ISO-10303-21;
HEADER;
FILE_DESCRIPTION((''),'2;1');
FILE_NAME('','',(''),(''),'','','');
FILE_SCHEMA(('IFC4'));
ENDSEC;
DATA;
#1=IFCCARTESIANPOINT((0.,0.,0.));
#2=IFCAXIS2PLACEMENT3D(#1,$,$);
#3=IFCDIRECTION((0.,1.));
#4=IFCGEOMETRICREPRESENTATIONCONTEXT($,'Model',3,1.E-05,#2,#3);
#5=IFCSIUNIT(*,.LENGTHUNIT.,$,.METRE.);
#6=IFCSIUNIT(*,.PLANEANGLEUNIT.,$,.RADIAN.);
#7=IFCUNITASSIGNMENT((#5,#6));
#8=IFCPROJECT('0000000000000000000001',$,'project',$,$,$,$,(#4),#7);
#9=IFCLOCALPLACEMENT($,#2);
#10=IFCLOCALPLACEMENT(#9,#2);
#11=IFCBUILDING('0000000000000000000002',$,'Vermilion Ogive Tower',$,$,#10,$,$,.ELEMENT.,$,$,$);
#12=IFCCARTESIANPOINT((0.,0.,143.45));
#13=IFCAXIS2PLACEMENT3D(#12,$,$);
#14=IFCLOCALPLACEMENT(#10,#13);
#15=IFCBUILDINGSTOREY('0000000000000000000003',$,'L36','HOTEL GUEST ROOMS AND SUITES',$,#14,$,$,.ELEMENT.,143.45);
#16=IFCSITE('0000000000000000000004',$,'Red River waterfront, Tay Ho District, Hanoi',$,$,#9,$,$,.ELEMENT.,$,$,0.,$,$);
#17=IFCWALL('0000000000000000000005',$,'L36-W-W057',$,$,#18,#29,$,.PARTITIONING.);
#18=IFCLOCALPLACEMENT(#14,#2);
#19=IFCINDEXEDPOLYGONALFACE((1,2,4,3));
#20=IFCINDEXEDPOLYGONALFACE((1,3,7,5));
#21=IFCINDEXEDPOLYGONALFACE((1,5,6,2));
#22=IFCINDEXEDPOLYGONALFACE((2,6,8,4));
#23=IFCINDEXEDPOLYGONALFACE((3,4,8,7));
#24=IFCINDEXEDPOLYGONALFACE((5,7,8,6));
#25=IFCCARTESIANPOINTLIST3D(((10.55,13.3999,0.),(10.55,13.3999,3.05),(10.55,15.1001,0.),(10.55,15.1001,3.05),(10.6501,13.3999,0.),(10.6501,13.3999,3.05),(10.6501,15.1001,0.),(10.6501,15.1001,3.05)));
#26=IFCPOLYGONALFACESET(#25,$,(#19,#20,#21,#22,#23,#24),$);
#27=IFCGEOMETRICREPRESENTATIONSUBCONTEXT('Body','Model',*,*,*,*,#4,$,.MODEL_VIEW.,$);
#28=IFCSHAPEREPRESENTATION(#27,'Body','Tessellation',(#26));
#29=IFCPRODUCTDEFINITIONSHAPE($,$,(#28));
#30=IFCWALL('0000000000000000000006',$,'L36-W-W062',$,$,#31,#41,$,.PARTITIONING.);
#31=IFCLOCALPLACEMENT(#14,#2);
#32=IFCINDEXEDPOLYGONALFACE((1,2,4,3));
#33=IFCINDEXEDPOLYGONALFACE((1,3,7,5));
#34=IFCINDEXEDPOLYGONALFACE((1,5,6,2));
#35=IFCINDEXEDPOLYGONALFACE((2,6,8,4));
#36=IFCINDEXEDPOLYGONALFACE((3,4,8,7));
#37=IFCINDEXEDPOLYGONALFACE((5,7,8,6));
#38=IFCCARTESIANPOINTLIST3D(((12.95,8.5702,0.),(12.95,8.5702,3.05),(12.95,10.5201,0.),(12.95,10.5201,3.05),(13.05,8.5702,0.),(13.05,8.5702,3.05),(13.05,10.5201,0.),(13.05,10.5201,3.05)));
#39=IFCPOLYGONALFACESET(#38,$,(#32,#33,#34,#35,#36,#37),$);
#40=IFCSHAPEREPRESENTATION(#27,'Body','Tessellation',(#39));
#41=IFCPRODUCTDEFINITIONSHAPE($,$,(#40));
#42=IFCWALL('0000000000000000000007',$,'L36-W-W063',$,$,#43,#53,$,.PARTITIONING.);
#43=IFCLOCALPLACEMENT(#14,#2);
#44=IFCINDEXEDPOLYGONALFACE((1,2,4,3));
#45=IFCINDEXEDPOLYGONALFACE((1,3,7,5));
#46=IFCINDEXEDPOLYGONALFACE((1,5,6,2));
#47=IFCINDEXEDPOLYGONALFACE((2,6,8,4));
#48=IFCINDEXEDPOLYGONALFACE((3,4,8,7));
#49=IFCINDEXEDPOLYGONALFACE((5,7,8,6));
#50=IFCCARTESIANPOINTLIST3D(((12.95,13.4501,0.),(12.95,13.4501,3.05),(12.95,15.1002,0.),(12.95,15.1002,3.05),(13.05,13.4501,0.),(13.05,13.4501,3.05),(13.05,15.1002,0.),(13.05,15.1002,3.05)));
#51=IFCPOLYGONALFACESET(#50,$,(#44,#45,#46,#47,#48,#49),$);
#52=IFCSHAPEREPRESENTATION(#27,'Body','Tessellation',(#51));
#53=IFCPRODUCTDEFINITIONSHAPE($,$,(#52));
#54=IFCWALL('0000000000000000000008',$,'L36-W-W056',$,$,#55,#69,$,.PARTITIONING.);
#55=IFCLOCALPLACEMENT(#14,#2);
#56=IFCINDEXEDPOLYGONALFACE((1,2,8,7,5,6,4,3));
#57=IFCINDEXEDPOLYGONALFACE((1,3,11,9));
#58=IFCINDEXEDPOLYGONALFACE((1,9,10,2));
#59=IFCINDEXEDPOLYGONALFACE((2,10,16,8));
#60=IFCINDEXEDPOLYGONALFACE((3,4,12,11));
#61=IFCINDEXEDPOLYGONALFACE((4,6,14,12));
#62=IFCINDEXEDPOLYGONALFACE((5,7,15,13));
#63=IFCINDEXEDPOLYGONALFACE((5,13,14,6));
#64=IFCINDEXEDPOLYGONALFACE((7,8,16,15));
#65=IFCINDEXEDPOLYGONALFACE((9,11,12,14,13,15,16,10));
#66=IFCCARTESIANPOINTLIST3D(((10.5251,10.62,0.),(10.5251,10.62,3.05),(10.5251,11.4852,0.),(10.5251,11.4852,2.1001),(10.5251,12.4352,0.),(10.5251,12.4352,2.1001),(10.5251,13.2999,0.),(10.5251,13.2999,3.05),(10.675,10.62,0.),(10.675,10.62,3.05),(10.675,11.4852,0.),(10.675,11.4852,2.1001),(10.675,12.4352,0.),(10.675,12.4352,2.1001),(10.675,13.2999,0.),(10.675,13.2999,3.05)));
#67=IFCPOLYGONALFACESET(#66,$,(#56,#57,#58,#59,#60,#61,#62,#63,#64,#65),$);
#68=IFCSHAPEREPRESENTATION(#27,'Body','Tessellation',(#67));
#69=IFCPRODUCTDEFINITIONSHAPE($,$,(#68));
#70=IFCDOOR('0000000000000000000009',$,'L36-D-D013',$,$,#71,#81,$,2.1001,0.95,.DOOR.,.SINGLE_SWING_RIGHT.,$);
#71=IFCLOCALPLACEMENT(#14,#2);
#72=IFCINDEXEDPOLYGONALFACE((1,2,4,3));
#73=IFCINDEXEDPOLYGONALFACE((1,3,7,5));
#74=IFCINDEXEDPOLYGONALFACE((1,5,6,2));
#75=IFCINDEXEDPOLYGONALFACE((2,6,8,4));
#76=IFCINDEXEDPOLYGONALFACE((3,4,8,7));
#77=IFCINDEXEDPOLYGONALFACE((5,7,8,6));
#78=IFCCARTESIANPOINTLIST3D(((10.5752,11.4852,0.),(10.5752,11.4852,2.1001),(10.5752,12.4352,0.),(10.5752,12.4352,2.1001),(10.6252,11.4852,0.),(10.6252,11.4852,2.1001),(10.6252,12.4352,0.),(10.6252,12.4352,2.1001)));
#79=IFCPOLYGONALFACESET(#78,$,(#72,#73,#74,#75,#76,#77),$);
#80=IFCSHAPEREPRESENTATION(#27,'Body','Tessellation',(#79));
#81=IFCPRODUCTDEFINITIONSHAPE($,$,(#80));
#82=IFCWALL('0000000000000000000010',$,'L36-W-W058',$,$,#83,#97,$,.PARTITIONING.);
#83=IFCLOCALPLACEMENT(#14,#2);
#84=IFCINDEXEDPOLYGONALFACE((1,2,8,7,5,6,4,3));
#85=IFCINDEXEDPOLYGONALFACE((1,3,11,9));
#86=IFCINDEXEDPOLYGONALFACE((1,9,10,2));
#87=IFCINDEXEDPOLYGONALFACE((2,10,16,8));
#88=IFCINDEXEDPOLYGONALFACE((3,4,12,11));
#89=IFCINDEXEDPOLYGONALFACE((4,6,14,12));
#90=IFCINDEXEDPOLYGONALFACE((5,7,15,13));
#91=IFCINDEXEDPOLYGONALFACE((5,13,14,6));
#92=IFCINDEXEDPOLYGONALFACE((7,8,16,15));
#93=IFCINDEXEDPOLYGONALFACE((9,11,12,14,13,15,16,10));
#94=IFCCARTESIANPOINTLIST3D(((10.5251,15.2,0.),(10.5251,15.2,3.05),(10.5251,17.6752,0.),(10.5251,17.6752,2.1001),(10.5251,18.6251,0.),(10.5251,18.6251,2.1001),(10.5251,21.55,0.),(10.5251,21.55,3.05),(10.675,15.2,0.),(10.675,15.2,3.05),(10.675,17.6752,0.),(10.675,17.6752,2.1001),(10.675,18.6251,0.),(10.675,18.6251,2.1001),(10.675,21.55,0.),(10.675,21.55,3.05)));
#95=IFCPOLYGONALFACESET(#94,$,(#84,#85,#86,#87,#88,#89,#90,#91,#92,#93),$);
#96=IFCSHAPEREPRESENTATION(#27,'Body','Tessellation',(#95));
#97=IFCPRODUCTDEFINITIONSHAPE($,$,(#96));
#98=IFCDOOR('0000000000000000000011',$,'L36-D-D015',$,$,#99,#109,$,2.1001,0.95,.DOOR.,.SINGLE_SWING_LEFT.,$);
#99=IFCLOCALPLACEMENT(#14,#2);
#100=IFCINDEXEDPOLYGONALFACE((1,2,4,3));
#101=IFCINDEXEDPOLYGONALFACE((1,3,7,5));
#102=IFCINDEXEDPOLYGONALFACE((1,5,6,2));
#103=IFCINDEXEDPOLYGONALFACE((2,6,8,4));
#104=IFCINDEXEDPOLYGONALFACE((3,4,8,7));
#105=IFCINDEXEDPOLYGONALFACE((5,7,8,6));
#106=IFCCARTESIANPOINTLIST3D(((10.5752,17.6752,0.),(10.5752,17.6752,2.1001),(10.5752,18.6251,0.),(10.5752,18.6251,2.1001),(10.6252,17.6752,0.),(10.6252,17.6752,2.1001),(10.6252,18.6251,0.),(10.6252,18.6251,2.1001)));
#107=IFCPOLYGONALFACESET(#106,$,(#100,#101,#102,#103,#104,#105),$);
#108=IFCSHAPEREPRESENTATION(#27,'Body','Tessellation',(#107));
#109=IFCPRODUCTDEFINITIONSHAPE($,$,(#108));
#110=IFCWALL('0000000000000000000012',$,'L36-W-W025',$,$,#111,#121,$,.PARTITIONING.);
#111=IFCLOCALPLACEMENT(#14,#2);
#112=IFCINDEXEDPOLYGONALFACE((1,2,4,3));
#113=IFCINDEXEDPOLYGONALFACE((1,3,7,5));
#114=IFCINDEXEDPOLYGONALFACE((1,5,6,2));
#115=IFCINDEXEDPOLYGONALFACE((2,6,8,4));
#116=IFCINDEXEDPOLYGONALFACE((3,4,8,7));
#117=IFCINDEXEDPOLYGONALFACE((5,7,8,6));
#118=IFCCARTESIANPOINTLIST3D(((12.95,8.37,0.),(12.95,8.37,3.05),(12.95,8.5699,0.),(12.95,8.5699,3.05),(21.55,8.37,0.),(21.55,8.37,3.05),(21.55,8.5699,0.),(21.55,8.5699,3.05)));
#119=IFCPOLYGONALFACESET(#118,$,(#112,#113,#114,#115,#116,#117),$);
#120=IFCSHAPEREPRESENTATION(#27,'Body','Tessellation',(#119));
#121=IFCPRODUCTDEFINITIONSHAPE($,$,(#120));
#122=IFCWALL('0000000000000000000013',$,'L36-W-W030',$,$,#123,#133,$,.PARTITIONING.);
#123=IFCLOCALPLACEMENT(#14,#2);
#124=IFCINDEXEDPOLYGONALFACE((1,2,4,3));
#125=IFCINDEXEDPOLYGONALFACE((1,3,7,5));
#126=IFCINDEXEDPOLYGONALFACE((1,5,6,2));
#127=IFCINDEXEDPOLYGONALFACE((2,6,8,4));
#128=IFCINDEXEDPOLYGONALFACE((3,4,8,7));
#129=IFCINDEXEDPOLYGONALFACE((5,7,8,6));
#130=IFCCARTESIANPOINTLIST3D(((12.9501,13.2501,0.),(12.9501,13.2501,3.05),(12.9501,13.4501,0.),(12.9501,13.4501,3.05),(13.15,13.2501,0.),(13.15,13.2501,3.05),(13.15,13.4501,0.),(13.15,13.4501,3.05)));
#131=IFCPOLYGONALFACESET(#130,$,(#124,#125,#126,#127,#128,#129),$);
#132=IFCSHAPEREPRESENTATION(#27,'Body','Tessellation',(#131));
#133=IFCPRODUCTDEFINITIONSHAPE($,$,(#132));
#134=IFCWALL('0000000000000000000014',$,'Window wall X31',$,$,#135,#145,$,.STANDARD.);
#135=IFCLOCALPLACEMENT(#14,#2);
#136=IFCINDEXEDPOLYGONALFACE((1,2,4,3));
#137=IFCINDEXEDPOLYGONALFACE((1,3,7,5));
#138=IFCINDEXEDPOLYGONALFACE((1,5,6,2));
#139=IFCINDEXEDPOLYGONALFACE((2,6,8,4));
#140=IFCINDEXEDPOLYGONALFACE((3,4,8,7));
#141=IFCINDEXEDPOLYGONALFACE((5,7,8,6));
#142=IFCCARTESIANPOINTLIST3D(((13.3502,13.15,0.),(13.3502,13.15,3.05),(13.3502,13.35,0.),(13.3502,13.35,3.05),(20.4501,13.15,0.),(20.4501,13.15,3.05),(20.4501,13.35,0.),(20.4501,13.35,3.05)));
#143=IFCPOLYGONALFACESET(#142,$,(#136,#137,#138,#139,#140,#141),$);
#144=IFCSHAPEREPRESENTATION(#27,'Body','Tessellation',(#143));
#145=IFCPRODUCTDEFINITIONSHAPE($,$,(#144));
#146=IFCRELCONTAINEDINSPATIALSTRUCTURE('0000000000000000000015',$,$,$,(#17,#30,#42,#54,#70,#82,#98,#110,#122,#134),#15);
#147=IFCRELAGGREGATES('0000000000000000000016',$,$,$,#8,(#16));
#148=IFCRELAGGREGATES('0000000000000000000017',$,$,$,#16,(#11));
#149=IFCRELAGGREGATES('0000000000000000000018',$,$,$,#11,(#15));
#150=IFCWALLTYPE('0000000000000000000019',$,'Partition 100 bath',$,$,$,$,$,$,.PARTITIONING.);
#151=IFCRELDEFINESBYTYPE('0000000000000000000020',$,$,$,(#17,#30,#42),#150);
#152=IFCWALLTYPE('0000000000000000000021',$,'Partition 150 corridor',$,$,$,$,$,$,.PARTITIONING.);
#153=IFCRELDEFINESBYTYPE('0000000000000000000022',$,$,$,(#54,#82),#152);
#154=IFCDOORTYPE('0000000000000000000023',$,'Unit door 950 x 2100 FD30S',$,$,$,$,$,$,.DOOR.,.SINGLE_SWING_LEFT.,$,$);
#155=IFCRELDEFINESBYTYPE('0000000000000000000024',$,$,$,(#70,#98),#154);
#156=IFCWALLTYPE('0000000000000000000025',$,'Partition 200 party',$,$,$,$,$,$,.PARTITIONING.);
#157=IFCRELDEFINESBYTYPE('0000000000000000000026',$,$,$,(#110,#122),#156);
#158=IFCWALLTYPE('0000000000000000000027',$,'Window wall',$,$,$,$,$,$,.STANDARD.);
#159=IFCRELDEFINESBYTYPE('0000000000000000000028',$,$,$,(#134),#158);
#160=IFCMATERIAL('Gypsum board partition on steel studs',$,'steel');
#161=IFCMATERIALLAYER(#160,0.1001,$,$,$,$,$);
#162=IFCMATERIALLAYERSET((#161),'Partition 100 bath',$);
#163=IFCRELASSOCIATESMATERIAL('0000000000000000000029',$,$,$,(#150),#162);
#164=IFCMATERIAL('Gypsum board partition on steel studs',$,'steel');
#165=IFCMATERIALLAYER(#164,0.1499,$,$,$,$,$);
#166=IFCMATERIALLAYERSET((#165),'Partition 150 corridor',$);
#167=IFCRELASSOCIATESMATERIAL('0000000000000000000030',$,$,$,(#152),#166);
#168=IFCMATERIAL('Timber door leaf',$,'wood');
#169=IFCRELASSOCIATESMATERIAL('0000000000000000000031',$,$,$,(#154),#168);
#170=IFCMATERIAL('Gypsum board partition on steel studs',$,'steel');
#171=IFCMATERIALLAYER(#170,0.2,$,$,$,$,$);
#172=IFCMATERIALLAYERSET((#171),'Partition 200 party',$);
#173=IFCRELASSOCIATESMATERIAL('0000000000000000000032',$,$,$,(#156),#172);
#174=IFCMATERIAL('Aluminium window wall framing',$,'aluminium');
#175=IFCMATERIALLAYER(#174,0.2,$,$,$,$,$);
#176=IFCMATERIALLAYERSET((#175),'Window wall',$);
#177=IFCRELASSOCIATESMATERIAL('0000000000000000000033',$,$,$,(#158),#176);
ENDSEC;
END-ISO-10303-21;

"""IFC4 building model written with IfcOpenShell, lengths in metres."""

from ifc_helpers import new_model, si_unit, direction, frame, frame_2d, origin, place, context, subcontext, project, spatial, rectangle, extrude, material, layer, layer_set, type_object, element, fill, save


model = new_model("IFC4")

# Units and contexts
model_context = context("Model", 3, precision=1e-05, world=origin(), true_north=direction((0.0, 1.0)))
body_context = subcontext(model_context, "Body", "Model", "MODEL_VIEW")
ifc_project = project(units=[si_unit("LENGTHUNIT", "METRE"), si_unit("PLANEANGLEUNIT", "RADIAN")], contexts=[model_context])

# Site, building, storey
site_placement = place(None, origin())
site = spatial("IfcSite", under=ifc_project, at=site_placement, Name="Red River waterfront, Tay Ho District, Hanoi", CompositionType="ELEMENT", RefElevation=0.0)
building_placement = place(site_placement, origin())
building = spatial("IfcBuilding", under=site, at=building_placement, Name="Vermilion Ogive Tower", CompositionType="ELEMENT")
storey_placement = place(building_placement, frame((0.0, 0.0, 143.45)))
storey = spatial("IfcBuildingStorey", under=building, at=storey_placement, Name="L36", Description="HOTEL GUEST ROOMS AND SUITES", CompositionType="ELEMENT", Elevation=143.45)

# Shared definitions
ifc_material_1 = material(Name="Gypsum board partition on steel studs", Category="steel")
ifc_layer_1 = layer(ifc_material_1, 0.1001)
ifc_layer_set_1 = layer_set([ifc_layer_1], Name="Partition 100 bath")
wall_type_1 = type_object("IfcWallType", Name="Partition 100 bath", PredefinedType="PARTITIONING", material=ifc_layer_set_1)

# Walls
wall_1_placement = place(storey_placement, frame((10.6001, 13.3999, 0.0), z_axis=(0.0, 0.0, 1.0), x_axis=(0.0, 1.0, 0.0)))
element("IfcWall", 1, at=wall_1_placement, inside=storey, type_object=wall_type_1, Name="L36-W-W057", PredefinedType="PARTITIONING", context=body_context, shape_type="SweptSolid", body=[
    extrude(rectangle(XDim=1.7002, YDim=0.1001, at=frame_2d((0.8501, 0.0))), origin(), (0.0, 0.0, 1.0), 3.05),
])
wall_2_placement = place(storey_placement, frame((13.0, 8.5701, 0.0), z_axis=(0.0, 0.0, 1.0), x_axis=(0.0, 1.0, 0.0)))
element("IfcWall", 2, at=wall_2_placement, inside=storey, type_object=wall_type_1, Name="L36-W-W062", PredefinedType="PARTITIONING", context=body_context, shape_type="SweptSolid", body=[
    extrude(rectangle(XDim=1.95, YDim=0.1001, at=frame_2d((0.9751, 0.0))), origin(), (0.0, 0.0, 1.0), 3.05),
])
wall_3_placement = place(storey_placement, frame((13.0, 13.45, 0.0), z_axis=(0.0, 0.0, 1.0), x_axis=(0.0, 1.0, 0.0)))
element("IfcWall", 3, at=wall_3_placement, inside=storey, type_object=wall_type_1, Name="L36-W-W063", PredefinedType="PARTITIONING", context=body_context, shape_type="SweptSolid", body=[
    extrude(rectangle(XDim=1.6501, YDim=0.1001, at=frame_2d((0.8252, 0.0))), origin(), (0.0, 0.0, 1.0), 3.05),
])

# Walls, openings, doors
ifc_material_2 = material(Name="Gypsum board partition on steel studs", Category="steel")
ifc_layer_2 = layer(ifc_material_2, 0.1499)
ifc_layer_set_2 = layer_set([ifc_layer_2], Name="Partition 150 corridor")
wall_type_2 = type_object("IfcWallType", Name="Partition 150 corridor", PredefinedType="PARTITIONING", material=ifc_layer_set_2)
wall_4_placement = place(storey_placement, frame((10.6001, 10.6201, 0.0), z_axis=(0.0, 0.0, 1.0), x_axis=(0.0, 1.0, 0.0)))
wall_4 = element("IfcWall", 4, at=wall_4_placement, inside=storey, type_object=wall_type_2, Name="L36-W-W056", PredefinedType="PARTITIONING", context=body_context, shape_type="SweptSolid", body=[
    extrude(rectangle(XDim=2.6799, YDim=0.1499, at=frame_2d((1.3398, 0.0))), origin(), (0.0, 0.0, 1.0), 3.05),
])
opening_1_placement = place(wall_4_placement, frame((0.865, 0.0, 0.0)))
opening_1 = element("IfcOpeningElement", 5, at=opening_1_placement, cuts=wall_4, PredefinedType="OPENING", context=body_context, shape_type="SweptSolid", body=[
    extrude(rectangle(XDim=0.95, YDim=2.1001, at=frame_2d((0.4751, 1.05))), frame((0.0, 0.085, 0.0), z_axis=(0.0, -1.0, 0.0), x_axis=(1.0, 0.0, 0.0)), (0.0, 0.0, 1.0), 0.1699),
])
ifc_material_3 = material(Name="Timber door leaf", Category="wood")
door_type_1 = type_object("IfcDoorType", Name="Unit door 950 x 2100 FD30S", OperationType="SINGLE_SWING_LEFT", PredefinedType="DOOR", material=ifc_material_3)
door_1_placement = place(opening_1_placement, origin())
door_1 = element("IfcDoor", 6, at=door_1_placement, inside=storey, type_object=door_type_1, Name="L36-D-D013", OperationType="SINGLE_SWING_RIGHT", OverallHeight=2.1001, OverallWidth=0.95, PredefinedType="DOOR", context=body_context, shape_type="SweptSolid", body=[
    extrude(rectangle(XDim=0.95, YDim=2.1001, at=frame_2d((0.4751, 1.05))), frame((0.0, 0.0249, 0.0), z_axis=(0.0, -1.0, 0.0), x_axis=(1.0, 0.0, 0.0)), (0.0, 0.0, 1.0), 0.05),
])
fill(opening_1, door_1)
wall_5_placement = place(storey_placement, frame((10.6001, 15.2, 0.0), z_axis=(0.0, 0.0, 1.0), x_axis=(0.0, 1.0, 0.0)))
wall_5 = element("IfcWall", 7, at=wall_5_placement, inside=storey, type_object=wall_type_2, Name="L36-W-W058", PredefinedType="PARTITIONING", context=body_context, shape_type="SweptSolid", body=[
    extrude(rectangle(XDim=6.3501, YDim=0.1499, at=frame_2d((3.175, 0.0))), origin(), (0.0, 0.0, 1.0), 3.05),
])
opening_2_placement = place(wall_5_placement, frame((2.4751, 0.0, 0.0)))
opening_2 = element("IfcOpeningElement", 8, at=opening_2_placement, cuts=wall_5, PredefinedType="OPENING", context=body_context, shape_type="SweptSolid", body=[
    extrude(rectangle(XDim=0.95, YDim=2.1001, at=frame_2d((0.4751, 1.05))), frame((0.0, 0.085, 0.0), z_axis=(0.0, -1.0, 0.0), x_axis=(1.0, 0.0, 0.0)), (0.0, 0.0, 1.0), 0.1699),
])
door_2_placement = place(opening_2_placement, origin())
door_2 = element("IfcDoor", 9, at=door_2_placement, inside=storey, type_object=door_type_1, Name="L36-D-D015", OperationType="SINGLE_SWING_LEFT", OverallHeight=2.1001, OverallWidth=0.95, PredefinedType="DOOR", context=body_context, shape_type="SweptSolid", body=[
    extrude(rectangle(XDim=0.95, YDim=2.1001, at=frame_2d((0.4751, 1.05))), frame((0.0, 0.0249, 0.0), z_axis=(0.0, -1.0, 0.0), x_axis=(1.0, 0.0, 0.0)), (0.0, 0.0, 1.0), 0.05),
])
fill(opening_2, door_2)

# Walls
ifc_material_4 = material(Name="Gypsum board partition on steel studs", Category="steel")
ifc_layer_3 = layer(ifc_material_4, 0.2)
ifc_layer_set_3 = layer_set([ifc_layer_3], Name="Partition 200 party")
wall_type_3 = type_object("IfcWallType", Name="Partition 200 party", PredefinedType="PARTITIONING", material=ifc_layer_set_3)
wall_6_placement = place(storey_placement, frame((12.95, 8.47, 0.0), z_axis=(0.0, 0.0, 1.0), x_axis=(1.0, 0.0, 0.0)))
element("IfcWall", 10, at=wall_6_placement, inside=storey, type_object=wall_type_3, Name="L36-W-W025", PredefinedType="PARTITIONING", context=body_context, shape_type="SweptSolid", body=[
    extrude(rectangle(XDim=8.6001, YDim=0.2, at=frame_2d((4.3, 0.0))), origin(), (0.0, 0.0, 1.0), 3.05),
])
wall_7_placement = place(storey_placement, frame((12.95, 13.3501, 0.0), z_axis=(0.0, 0.0, 1.0), x_axis=(1.0, 0.0, 0.0)))
element("IfcWall", 11, at=wall_7_placement, inside=storey, type_object=wall_type_3, Name="L36-W-W030", PredefinedType="PARTITIONING", context=body_context, shape_type="SweptSolid", body=[
    extrude(rectangle(XDim=0.2, YDim=0.2, at=frame_2d((0.1001, 0.0))), origin(), (0.0, 0.0, 1.0), 3.05),
])
ifc_material_5 = material(Name="Aluminium window wall framing", Category="aluminium")
ifc_layer_4 = layer(ifc_material_5, 0.2)
ifc_layer_set_4 = layer_set([ifc_layer_4], Name="Window wall")
wall_type_4 = type_object("IfcWallType", Name="Window wall", PredefinedType="STANDARD", material=ifc_layer_set_4)
wall_8_placement = place(storey_placement, frame((20.45, 13.25, 0.0), z_axis=(0.0, 0.0, 1.0), x_axis=(-1.0, 0.0, 0.0)))
element("IfcWall", 12, at=wall_8_placement, inside=storey, type_object=wall_type_4, Name="Window wall X31", PredefinedType="STANDARD", context=body_context, shape_type="SweptSolid", body=[
    extrude(rectangle(XDim=7.0999, YDim=0.2, at=frame_2d((3.5498, 0.0))), origin(), (0.0, 0.0, 1.0), 3.05),
])

save(model, "model.ifc")
